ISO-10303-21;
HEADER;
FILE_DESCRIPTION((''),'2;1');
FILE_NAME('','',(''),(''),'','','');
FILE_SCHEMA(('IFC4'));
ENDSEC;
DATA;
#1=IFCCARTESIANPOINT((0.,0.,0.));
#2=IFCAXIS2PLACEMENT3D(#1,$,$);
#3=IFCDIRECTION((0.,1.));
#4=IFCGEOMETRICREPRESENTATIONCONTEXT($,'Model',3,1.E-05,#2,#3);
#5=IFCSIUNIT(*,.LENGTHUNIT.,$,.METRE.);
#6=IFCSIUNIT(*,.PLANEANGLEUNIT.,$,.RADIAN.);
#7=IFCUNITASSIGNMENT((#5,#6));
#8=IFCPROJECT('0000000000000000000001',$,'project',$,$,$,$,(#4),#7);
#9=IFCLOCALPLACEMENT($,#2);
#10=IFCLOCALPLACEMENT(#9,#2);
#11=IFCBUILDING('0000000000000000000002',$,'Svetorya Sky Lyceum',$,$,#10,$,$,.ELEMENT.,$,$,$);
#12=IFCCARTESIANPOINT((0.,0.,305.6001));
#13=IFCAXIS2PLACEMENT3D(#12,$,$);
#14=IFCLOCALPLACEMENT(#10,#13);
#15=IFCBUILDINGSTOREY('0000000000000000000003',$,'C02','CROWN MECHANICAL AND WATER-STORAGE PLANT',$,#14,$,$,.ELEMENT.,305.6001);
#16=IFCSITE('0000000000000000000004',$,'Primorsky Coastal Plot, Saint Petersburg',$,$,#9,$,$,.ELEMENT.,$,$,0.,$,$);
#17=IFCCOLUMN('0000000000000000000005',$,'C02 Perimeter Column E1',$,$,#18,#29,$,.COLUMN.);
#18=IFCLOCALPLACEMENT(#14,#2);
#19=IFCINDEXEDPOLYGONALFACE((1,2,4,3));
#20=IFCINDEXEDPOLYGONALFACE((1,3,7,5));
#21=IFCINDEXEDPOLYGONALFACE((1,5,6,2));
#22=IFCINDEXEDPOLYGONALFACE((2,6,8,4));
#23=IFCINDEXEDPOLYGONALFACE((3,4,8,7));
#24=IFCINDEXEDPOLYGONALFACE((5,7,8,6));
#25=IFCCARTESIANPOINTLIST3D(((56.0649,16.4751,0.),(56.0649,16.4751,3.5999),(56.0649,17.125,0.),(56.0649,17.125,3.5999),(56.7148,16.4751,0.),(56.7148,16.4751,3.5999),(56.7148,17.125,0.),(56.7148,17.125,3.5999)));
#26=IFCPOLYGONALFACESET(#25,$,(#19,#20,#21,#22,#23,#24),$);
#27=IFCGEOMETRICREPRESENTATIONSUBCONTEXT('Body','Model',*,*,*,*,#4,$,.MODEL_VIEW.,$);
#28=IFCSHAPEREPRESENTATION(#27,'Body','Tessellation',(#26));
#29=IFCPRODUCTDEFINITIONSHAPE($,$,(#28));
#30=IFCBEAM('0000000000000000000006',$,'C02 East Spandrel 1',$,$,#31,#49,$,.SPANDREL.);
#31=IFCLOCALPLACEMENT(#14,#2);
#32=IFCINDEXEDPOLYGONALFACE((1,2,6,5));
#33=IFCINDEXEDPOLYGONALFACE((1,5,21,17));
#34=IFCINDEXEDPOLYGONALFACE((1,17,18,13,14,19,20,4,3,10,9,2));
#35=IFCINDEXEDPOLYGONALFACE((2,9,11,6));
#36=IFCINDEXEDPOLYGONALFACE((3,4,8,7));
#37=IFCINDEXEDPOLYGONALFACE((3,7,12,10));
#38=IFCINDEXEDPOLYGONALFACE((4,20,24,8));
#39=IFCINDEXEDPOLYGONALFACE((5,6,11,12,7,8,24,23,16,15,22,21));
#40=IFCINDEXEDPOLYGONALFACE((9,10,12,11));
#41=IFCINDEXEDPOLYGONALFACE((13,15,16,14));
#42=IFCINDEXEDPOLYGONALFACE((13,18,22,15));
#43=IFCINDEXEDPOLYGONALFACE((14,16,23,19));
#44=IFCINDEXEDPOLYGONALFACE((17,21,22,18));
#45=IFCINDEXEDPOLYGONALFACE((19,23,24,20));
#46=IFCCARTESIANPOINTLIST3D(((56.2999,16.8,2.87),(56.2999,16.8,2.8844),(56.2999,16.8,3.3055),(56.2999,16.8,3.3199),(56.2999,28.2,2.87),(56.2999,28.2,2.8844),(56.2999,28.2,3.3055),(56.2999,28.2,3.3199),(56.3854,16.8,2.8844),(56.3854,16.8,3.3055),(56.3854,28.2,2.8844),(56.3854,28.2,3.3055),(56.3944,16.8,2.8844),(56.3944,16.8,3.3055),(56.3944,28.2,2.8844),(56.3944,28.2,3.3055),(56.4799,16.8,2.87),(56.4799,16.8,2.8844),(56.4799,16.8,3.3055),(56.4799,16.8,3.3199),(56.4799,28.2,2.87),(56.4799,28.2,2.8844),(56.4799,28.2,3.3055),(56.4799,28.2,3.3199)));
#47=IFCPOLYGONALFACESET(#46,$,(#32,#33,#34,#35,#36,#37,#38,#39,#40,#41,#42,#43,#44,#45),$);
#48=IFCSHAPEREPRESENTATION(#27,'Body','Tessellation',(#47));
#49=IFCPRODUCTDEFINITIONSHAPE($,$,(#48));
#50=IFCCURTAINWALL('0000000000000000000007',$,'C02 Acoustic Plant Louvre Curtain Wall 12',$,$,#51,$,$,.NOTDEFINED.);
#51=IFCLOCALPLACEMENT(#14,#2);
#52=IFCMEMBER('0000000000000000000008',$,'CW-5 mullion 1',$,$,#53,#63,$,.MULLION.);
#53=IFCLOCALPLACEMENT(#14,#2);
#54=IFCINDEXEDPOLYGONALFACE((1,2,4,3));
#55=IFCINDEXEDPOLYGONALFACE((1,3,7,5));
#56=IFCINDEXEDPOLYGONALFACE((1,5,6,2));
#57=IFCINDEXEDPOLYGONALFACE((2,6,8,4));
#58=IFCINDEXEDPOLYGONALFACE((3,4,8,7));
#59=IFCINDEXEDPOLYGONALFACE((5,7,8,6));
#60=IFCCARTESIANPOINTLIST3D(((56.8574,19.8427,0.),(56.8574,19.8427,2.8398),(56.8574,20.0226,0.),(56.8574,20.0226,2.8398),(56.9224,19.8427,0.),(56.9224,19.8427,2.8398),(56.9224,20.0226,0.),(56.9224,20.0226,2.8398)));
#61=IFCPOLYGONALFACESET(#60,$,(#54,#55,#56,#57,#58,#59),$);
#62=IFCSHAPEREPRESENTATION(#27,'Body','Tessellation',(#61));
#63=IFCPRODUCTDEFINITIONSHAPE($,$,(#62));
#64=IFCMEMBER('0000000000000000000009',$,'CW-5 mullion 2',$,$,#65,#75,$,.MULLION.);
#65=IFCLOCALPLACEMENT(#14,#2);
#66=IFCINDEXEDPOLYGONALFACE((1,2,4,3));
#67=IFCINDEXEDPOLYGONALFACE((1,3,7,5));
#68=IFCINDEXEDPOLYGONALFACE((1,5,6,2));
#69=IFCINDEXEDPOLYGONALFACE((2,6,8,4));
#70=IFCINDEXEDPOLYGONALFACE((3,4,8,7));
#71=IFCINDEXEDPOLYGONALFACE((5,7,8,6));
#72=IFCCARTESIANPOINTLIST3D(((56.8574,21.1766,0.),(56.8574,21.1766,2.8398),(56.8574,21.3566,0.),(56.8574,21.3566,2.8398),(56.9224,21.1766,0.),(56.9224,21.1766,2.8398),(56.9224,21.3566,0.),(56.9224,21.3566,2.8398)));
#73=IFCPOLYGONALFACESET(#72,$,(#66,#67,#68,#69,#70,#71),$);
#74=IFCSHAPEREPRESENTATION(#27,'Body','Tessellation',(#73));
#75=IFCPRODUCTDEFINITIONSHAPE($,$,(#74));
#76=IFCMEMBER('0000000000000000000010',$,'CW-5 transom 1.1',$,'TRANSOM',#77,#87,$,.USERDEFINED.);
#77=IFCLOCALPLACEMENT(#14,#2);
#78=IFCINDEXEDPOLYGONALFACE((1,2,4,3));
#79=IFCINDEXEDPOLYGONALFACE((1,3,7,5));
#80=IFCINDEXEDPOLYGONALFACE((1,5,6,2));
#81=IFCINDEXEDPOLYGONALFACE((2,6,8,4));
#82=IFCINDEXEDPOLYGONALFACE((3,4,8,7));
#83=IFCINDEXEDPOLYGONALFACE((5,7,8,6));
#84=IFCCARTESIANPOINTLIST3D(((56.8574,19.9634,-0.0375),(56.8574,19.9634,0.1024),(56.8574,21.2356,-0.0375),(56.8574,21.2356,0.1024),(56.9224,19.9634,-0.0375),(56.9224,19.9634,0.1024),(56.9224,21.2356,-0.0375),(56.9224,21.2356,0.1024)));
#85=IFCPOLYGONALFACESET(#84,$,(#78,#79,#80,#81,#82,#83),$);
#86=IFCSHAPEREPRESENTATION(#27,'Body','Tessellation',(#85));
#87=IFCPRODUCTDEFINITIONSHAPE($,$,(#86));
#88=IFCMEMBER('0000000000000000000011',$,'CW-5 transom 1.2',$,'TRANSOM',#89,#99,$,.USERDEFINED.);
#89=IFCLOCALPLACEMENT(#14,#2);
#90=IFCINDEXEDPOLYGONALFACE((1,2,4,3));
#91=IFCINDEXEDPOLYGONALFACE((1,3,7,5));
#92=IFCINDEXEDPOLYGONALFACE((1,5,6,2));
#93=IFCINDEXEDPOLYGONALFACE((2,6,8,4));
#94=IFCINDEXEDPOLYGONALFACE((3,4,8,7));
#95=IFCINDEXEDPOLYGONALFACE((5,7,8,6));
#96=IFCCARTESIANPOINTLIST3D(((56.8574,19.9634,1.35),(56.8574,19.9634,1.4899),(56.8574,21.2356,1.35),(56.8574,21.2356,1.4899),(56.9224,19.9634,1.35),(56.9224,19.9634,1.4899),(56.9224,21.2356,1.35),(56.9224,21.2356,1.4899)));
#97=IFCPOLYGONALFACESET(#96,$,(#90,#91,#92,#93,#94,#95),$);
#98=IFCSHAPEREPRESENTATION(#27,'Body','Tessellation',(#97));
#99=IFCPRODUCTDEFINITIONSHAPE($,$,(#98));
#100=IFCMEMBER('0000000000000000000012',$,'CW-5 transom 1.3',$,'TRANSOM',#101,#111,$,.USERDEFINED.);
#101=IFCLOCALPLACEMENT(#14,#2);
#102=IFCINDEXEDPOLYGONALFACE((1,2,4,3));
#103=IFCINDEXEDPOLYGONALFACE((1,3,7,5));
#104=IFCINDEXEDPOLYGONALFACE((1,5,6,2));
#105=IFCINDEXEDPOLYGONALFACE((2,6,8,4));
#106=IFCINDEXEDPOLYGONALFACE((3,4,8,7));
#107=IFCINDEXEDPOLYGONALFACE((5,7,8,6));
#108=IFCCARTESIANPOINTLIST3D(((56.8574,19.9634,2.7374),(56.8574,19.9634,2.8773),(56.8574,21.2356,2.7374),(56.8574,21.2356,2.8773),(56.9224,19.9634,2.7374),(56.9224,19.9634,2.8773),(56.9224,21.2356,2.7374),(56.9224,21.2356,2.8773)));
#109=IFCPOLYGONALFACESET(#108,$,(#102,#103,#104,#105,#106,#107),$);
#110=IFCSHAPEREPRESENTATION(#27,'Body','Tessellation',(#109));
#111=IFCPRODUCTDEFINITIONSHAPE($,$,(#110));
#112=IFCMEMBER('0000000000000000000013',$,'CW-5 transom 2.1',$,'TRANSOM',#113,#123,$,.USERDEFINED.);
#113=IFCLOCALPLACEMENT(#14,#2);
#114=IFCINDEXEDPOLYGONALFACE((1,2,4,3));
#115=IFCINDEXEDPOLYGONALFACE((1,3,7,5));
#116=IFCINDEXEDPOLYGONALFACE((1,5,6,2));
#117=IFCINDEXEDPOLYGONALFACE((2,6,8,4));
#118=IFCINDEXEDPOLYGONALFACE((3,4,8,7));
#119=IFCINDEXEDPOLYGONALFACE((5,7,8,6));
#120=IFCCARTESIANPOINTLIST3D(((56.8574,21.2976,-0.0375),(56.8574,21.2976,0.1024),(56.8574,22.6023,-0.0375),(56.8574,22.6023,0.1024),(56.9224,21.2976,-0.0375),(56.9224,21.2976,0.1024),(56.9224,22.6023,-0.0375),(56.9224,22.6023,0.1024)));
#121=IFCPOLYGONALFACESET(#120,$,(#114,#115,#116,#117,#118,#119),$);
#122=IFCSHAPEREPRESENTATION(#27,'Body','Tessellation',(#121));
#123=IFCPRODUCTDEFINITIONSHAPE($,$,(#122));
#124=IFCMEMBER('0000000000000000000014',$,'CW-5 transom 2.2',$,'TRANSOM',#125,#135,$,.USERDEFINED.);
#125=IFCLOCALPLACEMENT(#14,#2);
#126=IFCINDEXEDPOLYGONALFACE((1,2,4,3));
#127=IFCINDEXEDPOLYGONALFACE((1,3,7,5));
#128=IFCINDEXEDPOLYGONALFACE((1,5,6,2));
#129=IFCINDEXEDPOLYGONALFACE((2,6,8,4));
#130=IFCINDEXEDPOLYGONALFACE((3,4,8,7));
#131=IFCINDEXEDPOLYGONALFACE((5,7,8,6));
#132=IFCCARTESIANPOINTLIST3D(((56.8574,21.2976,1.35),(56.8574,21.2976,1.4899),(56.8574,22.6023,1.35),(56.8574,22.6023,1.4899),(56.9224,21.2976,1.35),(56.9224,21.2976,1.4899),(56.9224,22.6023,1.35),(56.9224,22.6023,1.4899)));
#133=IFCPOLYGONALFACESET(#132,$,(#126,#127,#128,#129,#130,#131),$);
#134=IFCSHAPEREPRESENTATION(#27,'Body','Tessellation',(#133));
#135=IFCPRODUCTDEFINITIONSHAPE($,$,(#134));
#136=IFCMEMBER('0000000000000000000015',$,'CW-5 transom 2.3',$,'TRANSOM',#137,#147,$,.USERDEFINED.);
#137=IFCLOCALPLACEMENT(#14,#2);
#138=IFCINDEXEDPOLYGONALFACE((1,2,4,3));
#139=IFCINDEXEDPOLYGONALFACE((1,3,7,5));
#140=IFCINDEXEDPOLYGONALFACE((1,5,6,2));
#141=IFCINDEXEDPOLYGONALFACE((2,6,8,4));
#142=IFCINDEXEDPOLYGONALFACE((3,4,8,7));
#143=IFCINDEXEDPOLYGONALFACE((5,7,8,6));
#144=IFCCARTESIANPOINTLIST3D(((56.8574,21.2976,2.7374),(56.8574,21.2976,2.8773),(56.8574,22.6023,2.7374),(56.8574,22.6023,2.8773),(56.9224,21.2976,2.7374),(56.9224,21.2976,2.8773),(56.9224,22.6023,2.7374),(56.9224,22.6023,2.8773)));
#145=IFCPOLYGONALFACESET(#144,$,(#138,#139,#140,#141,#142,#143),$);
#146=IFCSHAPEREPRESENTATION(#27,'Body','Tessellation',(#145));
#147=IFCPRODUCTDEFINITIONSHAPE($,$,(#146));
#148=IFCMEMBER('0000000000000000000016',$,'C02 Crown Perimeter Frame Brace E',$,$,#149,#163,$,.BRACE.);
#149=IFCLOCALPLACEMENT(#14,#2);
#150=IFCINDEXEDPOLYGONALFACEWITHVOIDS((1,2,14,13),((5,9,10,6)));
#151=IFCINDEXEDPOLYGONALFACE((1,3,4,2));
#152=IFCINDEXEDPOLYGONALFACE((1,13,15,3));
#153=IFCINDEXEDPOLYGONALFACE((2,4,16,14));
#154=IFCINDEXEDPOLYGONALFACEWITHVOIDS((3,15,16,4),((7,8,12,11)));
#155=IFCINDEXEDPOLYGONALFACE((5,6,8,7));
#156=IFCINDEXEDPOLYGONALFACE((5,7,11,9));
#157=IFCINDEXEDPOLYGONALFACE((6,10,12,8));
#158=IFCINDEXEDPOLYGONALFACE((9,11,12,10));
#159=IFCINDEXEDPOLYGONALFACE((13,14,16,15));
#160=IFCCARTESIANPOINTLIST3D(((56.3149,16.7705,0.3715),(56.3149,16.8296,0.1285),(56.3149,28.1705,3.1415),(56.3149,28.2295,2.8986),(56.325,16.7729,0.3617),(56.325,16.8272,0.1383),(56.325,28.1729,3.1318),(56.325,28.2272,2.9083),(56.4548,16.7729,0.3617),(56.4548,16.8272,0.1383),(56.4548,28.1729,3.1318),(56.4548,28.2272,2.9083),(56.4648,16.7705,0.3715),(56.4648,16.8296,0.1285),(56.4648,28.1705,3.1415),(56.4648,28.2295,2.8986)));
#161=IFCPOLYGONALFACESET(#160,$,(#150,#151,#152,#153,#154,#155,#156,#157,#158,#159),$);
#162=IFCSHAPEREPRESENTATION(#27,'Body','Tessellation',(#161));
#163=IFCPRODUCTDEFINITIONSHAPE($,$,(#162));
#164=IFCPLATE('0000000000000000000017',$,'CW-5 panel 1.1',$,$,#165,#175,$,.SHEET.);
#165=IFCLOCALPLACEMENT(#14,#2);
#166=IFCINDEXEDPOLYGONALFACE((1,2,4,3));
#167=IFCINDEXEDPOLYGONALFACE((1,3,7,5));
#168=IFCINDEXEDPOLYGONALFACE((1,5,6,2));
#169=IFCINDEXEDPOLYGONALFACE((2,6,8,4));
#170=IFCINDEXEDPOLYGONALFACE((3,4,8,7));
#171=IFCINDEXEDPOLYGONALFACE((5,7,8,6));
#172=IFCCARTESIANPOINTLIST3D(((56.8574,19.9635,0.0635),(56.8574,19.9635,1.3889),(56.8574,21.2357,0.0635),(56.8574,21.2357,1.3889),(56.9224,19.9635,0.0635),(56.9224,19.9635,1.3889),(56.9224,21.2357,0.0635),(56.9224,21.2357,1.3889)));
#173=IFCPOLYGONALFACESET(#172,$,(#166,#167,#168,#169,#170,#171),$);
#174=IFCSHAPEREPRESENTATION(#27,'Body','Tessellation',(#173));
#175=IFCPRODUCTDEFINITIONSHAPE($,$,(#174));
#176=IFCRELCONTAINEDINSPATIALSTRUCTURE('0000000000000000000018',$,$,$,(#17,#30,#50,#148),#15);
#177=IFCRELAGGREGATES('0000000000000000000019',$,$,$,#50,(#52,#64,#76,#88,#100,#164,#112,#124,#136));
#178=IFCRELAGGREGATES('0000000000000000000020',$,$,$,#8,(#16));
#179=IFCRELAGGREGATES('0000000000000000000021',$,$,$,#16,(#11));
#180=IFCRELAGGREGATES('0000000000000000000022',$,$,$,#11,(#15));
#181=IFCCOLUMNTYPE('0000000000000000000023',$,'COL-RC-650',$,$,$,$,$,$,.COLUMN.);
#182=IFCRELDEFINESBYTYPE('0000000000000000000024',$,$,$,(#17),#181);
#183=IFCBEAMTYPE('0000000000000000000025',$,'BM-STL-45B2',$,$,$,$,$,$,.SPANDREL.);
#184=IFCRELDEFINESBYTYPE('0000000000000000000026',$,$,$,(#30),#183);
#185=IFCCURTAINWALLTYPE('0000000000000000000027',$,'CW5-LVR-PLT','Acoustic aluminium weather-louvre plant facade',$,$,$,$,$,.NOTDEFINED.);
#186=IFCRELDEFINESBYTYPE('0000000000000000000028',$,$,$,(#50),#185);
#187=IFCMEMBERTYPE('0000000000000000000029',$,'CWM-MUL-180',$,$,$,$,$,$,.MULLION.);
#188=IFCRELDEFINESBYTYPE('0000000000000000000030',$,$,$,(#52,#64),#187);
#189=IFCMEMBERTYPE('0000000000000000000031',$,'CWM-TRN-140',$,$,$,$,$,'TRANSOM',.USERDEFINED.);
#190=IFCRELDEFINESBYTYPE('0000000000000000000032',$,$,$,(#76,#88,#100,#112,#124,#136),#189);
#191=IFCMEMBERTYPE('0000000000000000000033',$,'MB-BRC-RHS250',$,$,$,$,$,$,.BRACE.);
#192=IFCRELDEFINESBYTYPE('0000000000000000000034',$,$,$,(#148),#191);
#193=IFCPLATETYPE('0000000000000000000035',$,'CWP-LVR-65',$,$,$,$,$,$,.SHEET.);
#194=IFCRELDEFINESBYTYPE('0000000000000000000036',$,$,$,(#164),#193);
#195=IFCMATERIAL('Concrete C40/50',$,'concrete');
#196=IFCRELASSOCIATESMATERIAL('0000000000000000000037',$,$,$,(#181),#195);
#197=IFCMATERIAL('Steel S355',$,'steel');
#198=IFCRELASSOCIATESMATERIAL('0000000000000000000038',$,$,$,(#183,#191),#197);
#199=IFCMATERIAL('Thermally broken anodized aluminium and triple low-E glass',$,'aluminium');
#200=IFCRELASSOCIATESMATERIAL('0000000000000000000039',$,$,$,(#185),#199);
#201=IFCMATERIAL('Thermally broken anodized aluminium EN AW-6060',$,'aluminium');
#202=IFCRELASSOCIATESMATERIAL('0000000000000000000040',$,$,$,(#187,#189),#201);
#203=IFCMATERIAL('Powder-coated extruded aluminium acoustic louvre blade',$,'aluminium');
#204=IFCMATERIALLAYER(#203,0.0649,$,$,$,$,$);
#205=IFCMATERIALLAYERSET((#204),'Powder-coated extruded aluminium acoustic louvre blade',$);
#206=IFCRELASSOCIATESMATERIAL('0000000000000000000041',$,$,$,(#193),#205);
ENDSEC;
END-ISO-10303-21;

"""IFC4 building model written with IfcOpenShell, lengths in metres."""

from ifc_helpers import new_model, si_unit, direction, frame, origin, origin_2d, place, context, subcontext, project, spatial, rectangle, hollow_rectangle, i_section, extrude, material, layer, layer_set, material_profile, profile_set, type_object, element, aggregate, save


model = new_model("IFC4")

# Units and contexts
model_context = context("Model", 3, precision=1e-05, world=origin(), true_north=direction((0.0, 1.0)))
body_context = subcontext(model_context, "Body", "Model", "MODEL_VIEW")
ifc_project = project(units=[si_unit("LENGTHUNIT", "METRE"), si_unit("PLANEANGLEUNIT", "RADIAN")], contexts=[model_context])

# Site, building, storey
site_placement = place(None, origin())
site = spatial("IfcSite", under=ifc_project, at=site_placement, Name="Primorsky Coastal Plot, Saint Petersburg", CompositionType="ELEMENT", RefElevation=0.0)
building_placement = place(site_placement, origin())
building = spatial("IfcBuilding", under=site, at=building_placement, Name="Svetorya Sky Lyceum", CompositionType="ELEMENT")
storey_placement = place(building_placement, frame((0.0, 0.0, 305.6001)))
storey = spatial("IfcBuildingStorey", under=building, at=storey_placement, Name="C02", Description="CROWN MECHANICAL AND WATER-STORAGE PLANT", CompositionType="ELEMENT", Elevation=305.6001)

# Column
ifc_material_1 = material(Name="Concrete C40/50", Category="concrete")
ifc_material_profile_1 = material_profile(ifc_material_1, rectangle(XDim=0.6499, YDim=0.6499, at=origin_2d()), Name="RC COL 650x650")
ifc_profile_set_1 = profile_set([ifc_material_profile_1], Name="Concrete C40/50")
column_type = type_object("IfcColumnType", Name="COL-RC-650", PredefinedType="COLUMN", material=ifc_profile_set_1)
column_placement = place(storey_placement, frame((56.3899, 16.8, 0.0), z_axis=(0.0, 0.0, 1.0), x_axis=(1.0, 0.0, 0.0)))
element("IfcColumn", 1, at=column_placement, inside=storey, type_object=column_type, Name="C02 Perimeter Column E1", PredefinedType="COLUMN", context=body_context, shape_type="SweptSolid", body=[
    extrude(rectangle(XDim=0.6499, YDim=0.6499, at=origin_2d()), origin(), (0.0, 0.0, 1.0), 3.5999),
])

# Beam
ifc_material_2 = material(Name="Steel S355", Category="steel")
ifc_material_profile_2 = material_profile(ifc_material_2, i_section(OverallWidth=0.1799, OverallDepth=0.45, WebThickness=0.009, FlangeThickness=0.0144, at=origin_2d()), Name="GOST 45B2")
ifc_profile_set_2 = profile_set([ifc_material_profile_2], Name="Steel S355")
beam_type = type_object("IfcBeamType", Name="BM-STL-45B2", PredefinedType="SPANDREL", material=ifc_profile_set_2)
beam_placement = place(storey_placement, frame((56.3899, 16.8, 3.095), z_axis=(0.0, 1.0, 0.0), x_axis=(-1.0, 0.0, 0.0)))
element("IfcBeam", 2, at=beam_placement, inside=storey, type_object=beam_type, Name="C02 East Spandrel 1", PredefinedType="SPANDREL", context=body_context, shape_type="SweptSolid", body=[
    extrude(i_section(OverallWidth=0.1799, OverallDepth=0.45, WebThickness=0.009, FlangeThickness=0.0144, at=origin_2d()), origin(), (0.0, 0.0, 1.0), 11.3999),
])

# Curtain wall, members
ifc_material_3 = material(Name="Thermally broken anodized aluminium and triple low-E glass", Category="aluminium")
curtain_wall_type = type_object("IfcCurtainWallType", Name="CW5-LVR-PLT", Description="Acoustic aluminium weather-louvre plant facade", PredefinedType="NOTDEFINED", material=ifc_material_3)
curtain_wall_placement = place(storey_placement, origin())
curtain_wall = element("IfcCurtainWall", 3, at=curtain_wall_placement, inside=storey, type_object=curtain_wall_type, Name="C02 Acoustic Plant Louvre Curtain Wall 12", PredefinedType="NOTDEFINED")
ifc_material_4 = material(Name="Thermally broken anodized aluminium EN AW-6060", Category="aluminium")
ifc_material_profile_3 = material_profile(ifc_material_4, rectangle(XDim=0.0649, YDim=0.1799, at=origin_2d()), Name="ALU MULLION 65x180")
ifc_profile_set_3 = profile_set([ifc_material_profile_3], Name="Thermally broken anodized aluminium EN AW-6060")
member_type_1 = type_object("IfcMemberType", Name="CWM-MUL-180", PredefinedType="MULLION", material=ifc_profile_set_3)
member_1_placement = place(storey_placement, frame((56.8899, 19.9326, 0.0), z_axis=(0.0, 0.0, 1.0), x_axis=(-1.0, 0.0, 0.0)))
member_1 = element("IfcMember", 4, at=member_1_placement, type_object=member_type_1, Name="CW-5 mullion 1", PredefinedType="MULLION", context=body_context, shape_type="SweptSolid", body=[
    extrude(rectangle(XDim=0.0649, YDim=0.1799, at=origin_2d()), origin(), (0.0, 0.0, 1.0), 2.8398),
])
member_2_placement = place(storey_placement, frame((56.8899, 21.2666, 0.0), z_axis=(0.0, 0.0, 1.0), x_axis=(-1.0, 0.0, 0.0)))
member_2 = element("IfcMember", 5, at=member_2_placement, type_object=member_type_1, Name="CW-5 mullion 2", PredefinedType="MULLION", context=body_context, shape_type="SweptSolid", body=[
    extrude(rectangle(XDim=0.0649, YDim=0.1799, at=origin_2d()), origin(), (0.0, 0.0, 1.0), 2.8398),
])
ifc_material_profile_4 = material_profile(ifc_material_4, rectangle(XDim=0.0649, YDim=0.1399, at=origin_2d()), Name="ALU TRANSOM 65x140")
ifc_profile_set_4 = profile_set([ifc_material_profile_4], Name="Thermally broken anodized aluminium EN AW-6060")
member_type_2 = type_object("IfcMemberType", Name="CWM-TRN-140", ElementType="TRANSOM", PredefinedType="USERDEFINED", material=ifc_profile_set_4)
member_3_placement = place(storey_placement, frame((56.8899, 19.9634, 0.0325), z_axis=(0.0, 1.0, 0.0), x_axis=(-1.0, 0.0, 0.0)))
member_3 = element("IfcMember", 6, at=member_3_placement, type_object=member_type_2, Name="CW-5 transom 1.1", ObjectType="TRANSOM", PredefinedType="USERDEFINED", context=body_context, shape_type="SweptSolid", body=[
    extrude(rectangle(XDim=0.0649, YDim=0.1399, at=origin_2d()), origin(), (0.0, 0.0, 1.0), 1.2722),
])
member_4_placement = place(storey_placement, frame((56.8899, 19.9634, 1.4199), z_axis=(0.0, 1.0, 0.0), x_axis=(-1.0, 0.0, 0.0)))
member_4 = element("IfcMember", 7, at=member_4_placement, type_object=member_type_2, Name="CW-5 transom 1.2", ObjectType="TRANSOM", PredefinedType="USERDEFINED", context=body_context, shape_type="SweptSolid", body=[
    extrude(rectangle(XDim=0.0649, YDim=0.1399, at=origin_2d()), origin(), (0.0, 0.0, 1.0), 1.2722),
])
member_5_placement = place(storey_placement, frame((56.8899, 19.9634, 2.8074), z_axis=(0.0, 1.0, 0.0), x_axis=(-1.0, 0.0, 0.0)))
member_5 = element("IfcMember", 8, at=member_5_placement, type_object=member_type_2, Name="CW-5 transom 1.3", ObjectType="TRANSOM", PredefinedType="USERDEFINED", context=body_context, shape_type="SweptSolid", body=[
    extrude(rectangle(XDim=0.0649, YDim=0.1399, at=origin_2d()), origin(), (0.0, 0.0, 1.0), 1.2722),
])
member_6_placement = place(storey_placement, frame((56.8899, 21.2976, 0.0325), z_axis=(0.0, 1.0, 0.0), x_axis=(-1.0, 0.0, 0.0)))
member_6 = element("IfcMember", 9, at=member_6_placement, type_object=member_type_2, Name="CW-5 transom 2.1", ObjectType="TRANSOM", PredefinedType="USERDEFINED", context=body_context, shape_type="SweptSolid", body=[
    extrude(rectangle(XDim=0.0649, YDim=0.1399, at=origin_2d()), origin(), (0.0, 0.0, 1.0), 1.3047),
])
member_7_placement = place(storey_placement, frame((56.8899, 21.2976, 1.4199), z_axis=(0.0, 1.0, 0.0), x_axis=(-1.0, 0.0, 0.0)))
member_7 = element("IfcMember", 10, at=member_7_placement, type_object=member_type_2, Name="CW-5 transom 2.2", ObjectType="TRANSOM", PredefinedType="USERDEFINED", context=body_context, shape_type="SweptSolid", body=[
    extrude(rectangle(XDim=0.0649, YDim=0.1399, at=origin_2d()), origin(), (0.0, 0.0, 1.0), 1.3047),
])
member_8_placement = place(storey_placement, frame((56.8899, 21.2976, 2.8074), z_axis=(0.0, 1.0, 0.0), x_axis=(-1.0, 0.0, 0.0)))
member_8 = element("IfcMember", 11, at=member_8_placement, type_object=member_type_2, Name="CW-5 transom 2.3", ObjectType="TRANSOM", PredefinedType="USERDEFINED", context=body_context, shape_type="SweptSolid", body=[
    extrude(rectangle(XDim=0.0649, YDim=0.1399, at=origin_2d()), origin(), (0.0, 0.0, 1.0), 1.3047),
])

# Member
ifc_material_profile_5 = material_profile(ifc_material_2, hollow_rectangle(XDim=0.1499, YDim=0.25, WallThickness=0.01, at=origin_2d()), Name="RHS 250x150x10")
ifc_profile_set_5 = profile_set([ifc_material_profile_5], Name="Steel S355")
member_type_3 = type_object("IfcMemberType", Name="MB-BRC-RHS250", PredefinedType="BRACE", material=ifc_profile_set_5)
member_9_placement = place(storey_placement, frame((56.3899, 16.8, 0.25), z_axis=(0.0, 0.971725, 0.236116), x_axis=(-1.0, 0.0, 0.0)))
element("IfcMember", 12, at=member_9_placement, inside=storey, type_object=member_type_3, Name="C02 Crown Perimeter Frame Brace E", PredefinedType="BRACE", context=body_context, shape_type="SweptSolid", body=[
    extrude(hollow_rectangle(XDim=0.1499, YDim=0.25, WallThickness=0.01, at=origin_2d()), origin(), (0.0, 0.0, 1.0), 11.7317),
])

# Plate
ifc_material_5 = material(Name="Powder-coated extruded aluminium acoustic louvre blade", Category="aluminium")
ifc_layer_1 = layer(ifc_material_5, 0.0649)
ifc_layer_set_1 = layer_set([ifc_layer_1], Name="Powder-coated extruded aluminium acoustic louvre blade")
plate_type = type_object("IfcPlateType", Name="CWP-LVR-65", PredefinedType="SHEET", material=ifc_layer_set_1)
plate_1_placement = place(storey_placement, frame((56.8899, 20.5996, 0.0635), z_axis=(0.0, 0.0, 1.0), x_axis=(0.0, 1.0, 0.0)))
plate_1 = element("IfcPlate", 13, at=plate_1_placement, type_object=plate_type, Name="CW-5 panel 1.1", PredefinedType="SHEET", context=body_context, shape_type="SweptSolid", body=[
    extrude(rectangle(XDim=1.2722, YDim=0.0649, at=origin_2d()), origin(), (0.0, 0.0, 1.0), 1.3254),
])
aggregate(curtain_wall, [member_1, member_2, member_3, member_4, member_5, plate_1, member_6, member_7, member_8])

save(model, "model.ifc")
